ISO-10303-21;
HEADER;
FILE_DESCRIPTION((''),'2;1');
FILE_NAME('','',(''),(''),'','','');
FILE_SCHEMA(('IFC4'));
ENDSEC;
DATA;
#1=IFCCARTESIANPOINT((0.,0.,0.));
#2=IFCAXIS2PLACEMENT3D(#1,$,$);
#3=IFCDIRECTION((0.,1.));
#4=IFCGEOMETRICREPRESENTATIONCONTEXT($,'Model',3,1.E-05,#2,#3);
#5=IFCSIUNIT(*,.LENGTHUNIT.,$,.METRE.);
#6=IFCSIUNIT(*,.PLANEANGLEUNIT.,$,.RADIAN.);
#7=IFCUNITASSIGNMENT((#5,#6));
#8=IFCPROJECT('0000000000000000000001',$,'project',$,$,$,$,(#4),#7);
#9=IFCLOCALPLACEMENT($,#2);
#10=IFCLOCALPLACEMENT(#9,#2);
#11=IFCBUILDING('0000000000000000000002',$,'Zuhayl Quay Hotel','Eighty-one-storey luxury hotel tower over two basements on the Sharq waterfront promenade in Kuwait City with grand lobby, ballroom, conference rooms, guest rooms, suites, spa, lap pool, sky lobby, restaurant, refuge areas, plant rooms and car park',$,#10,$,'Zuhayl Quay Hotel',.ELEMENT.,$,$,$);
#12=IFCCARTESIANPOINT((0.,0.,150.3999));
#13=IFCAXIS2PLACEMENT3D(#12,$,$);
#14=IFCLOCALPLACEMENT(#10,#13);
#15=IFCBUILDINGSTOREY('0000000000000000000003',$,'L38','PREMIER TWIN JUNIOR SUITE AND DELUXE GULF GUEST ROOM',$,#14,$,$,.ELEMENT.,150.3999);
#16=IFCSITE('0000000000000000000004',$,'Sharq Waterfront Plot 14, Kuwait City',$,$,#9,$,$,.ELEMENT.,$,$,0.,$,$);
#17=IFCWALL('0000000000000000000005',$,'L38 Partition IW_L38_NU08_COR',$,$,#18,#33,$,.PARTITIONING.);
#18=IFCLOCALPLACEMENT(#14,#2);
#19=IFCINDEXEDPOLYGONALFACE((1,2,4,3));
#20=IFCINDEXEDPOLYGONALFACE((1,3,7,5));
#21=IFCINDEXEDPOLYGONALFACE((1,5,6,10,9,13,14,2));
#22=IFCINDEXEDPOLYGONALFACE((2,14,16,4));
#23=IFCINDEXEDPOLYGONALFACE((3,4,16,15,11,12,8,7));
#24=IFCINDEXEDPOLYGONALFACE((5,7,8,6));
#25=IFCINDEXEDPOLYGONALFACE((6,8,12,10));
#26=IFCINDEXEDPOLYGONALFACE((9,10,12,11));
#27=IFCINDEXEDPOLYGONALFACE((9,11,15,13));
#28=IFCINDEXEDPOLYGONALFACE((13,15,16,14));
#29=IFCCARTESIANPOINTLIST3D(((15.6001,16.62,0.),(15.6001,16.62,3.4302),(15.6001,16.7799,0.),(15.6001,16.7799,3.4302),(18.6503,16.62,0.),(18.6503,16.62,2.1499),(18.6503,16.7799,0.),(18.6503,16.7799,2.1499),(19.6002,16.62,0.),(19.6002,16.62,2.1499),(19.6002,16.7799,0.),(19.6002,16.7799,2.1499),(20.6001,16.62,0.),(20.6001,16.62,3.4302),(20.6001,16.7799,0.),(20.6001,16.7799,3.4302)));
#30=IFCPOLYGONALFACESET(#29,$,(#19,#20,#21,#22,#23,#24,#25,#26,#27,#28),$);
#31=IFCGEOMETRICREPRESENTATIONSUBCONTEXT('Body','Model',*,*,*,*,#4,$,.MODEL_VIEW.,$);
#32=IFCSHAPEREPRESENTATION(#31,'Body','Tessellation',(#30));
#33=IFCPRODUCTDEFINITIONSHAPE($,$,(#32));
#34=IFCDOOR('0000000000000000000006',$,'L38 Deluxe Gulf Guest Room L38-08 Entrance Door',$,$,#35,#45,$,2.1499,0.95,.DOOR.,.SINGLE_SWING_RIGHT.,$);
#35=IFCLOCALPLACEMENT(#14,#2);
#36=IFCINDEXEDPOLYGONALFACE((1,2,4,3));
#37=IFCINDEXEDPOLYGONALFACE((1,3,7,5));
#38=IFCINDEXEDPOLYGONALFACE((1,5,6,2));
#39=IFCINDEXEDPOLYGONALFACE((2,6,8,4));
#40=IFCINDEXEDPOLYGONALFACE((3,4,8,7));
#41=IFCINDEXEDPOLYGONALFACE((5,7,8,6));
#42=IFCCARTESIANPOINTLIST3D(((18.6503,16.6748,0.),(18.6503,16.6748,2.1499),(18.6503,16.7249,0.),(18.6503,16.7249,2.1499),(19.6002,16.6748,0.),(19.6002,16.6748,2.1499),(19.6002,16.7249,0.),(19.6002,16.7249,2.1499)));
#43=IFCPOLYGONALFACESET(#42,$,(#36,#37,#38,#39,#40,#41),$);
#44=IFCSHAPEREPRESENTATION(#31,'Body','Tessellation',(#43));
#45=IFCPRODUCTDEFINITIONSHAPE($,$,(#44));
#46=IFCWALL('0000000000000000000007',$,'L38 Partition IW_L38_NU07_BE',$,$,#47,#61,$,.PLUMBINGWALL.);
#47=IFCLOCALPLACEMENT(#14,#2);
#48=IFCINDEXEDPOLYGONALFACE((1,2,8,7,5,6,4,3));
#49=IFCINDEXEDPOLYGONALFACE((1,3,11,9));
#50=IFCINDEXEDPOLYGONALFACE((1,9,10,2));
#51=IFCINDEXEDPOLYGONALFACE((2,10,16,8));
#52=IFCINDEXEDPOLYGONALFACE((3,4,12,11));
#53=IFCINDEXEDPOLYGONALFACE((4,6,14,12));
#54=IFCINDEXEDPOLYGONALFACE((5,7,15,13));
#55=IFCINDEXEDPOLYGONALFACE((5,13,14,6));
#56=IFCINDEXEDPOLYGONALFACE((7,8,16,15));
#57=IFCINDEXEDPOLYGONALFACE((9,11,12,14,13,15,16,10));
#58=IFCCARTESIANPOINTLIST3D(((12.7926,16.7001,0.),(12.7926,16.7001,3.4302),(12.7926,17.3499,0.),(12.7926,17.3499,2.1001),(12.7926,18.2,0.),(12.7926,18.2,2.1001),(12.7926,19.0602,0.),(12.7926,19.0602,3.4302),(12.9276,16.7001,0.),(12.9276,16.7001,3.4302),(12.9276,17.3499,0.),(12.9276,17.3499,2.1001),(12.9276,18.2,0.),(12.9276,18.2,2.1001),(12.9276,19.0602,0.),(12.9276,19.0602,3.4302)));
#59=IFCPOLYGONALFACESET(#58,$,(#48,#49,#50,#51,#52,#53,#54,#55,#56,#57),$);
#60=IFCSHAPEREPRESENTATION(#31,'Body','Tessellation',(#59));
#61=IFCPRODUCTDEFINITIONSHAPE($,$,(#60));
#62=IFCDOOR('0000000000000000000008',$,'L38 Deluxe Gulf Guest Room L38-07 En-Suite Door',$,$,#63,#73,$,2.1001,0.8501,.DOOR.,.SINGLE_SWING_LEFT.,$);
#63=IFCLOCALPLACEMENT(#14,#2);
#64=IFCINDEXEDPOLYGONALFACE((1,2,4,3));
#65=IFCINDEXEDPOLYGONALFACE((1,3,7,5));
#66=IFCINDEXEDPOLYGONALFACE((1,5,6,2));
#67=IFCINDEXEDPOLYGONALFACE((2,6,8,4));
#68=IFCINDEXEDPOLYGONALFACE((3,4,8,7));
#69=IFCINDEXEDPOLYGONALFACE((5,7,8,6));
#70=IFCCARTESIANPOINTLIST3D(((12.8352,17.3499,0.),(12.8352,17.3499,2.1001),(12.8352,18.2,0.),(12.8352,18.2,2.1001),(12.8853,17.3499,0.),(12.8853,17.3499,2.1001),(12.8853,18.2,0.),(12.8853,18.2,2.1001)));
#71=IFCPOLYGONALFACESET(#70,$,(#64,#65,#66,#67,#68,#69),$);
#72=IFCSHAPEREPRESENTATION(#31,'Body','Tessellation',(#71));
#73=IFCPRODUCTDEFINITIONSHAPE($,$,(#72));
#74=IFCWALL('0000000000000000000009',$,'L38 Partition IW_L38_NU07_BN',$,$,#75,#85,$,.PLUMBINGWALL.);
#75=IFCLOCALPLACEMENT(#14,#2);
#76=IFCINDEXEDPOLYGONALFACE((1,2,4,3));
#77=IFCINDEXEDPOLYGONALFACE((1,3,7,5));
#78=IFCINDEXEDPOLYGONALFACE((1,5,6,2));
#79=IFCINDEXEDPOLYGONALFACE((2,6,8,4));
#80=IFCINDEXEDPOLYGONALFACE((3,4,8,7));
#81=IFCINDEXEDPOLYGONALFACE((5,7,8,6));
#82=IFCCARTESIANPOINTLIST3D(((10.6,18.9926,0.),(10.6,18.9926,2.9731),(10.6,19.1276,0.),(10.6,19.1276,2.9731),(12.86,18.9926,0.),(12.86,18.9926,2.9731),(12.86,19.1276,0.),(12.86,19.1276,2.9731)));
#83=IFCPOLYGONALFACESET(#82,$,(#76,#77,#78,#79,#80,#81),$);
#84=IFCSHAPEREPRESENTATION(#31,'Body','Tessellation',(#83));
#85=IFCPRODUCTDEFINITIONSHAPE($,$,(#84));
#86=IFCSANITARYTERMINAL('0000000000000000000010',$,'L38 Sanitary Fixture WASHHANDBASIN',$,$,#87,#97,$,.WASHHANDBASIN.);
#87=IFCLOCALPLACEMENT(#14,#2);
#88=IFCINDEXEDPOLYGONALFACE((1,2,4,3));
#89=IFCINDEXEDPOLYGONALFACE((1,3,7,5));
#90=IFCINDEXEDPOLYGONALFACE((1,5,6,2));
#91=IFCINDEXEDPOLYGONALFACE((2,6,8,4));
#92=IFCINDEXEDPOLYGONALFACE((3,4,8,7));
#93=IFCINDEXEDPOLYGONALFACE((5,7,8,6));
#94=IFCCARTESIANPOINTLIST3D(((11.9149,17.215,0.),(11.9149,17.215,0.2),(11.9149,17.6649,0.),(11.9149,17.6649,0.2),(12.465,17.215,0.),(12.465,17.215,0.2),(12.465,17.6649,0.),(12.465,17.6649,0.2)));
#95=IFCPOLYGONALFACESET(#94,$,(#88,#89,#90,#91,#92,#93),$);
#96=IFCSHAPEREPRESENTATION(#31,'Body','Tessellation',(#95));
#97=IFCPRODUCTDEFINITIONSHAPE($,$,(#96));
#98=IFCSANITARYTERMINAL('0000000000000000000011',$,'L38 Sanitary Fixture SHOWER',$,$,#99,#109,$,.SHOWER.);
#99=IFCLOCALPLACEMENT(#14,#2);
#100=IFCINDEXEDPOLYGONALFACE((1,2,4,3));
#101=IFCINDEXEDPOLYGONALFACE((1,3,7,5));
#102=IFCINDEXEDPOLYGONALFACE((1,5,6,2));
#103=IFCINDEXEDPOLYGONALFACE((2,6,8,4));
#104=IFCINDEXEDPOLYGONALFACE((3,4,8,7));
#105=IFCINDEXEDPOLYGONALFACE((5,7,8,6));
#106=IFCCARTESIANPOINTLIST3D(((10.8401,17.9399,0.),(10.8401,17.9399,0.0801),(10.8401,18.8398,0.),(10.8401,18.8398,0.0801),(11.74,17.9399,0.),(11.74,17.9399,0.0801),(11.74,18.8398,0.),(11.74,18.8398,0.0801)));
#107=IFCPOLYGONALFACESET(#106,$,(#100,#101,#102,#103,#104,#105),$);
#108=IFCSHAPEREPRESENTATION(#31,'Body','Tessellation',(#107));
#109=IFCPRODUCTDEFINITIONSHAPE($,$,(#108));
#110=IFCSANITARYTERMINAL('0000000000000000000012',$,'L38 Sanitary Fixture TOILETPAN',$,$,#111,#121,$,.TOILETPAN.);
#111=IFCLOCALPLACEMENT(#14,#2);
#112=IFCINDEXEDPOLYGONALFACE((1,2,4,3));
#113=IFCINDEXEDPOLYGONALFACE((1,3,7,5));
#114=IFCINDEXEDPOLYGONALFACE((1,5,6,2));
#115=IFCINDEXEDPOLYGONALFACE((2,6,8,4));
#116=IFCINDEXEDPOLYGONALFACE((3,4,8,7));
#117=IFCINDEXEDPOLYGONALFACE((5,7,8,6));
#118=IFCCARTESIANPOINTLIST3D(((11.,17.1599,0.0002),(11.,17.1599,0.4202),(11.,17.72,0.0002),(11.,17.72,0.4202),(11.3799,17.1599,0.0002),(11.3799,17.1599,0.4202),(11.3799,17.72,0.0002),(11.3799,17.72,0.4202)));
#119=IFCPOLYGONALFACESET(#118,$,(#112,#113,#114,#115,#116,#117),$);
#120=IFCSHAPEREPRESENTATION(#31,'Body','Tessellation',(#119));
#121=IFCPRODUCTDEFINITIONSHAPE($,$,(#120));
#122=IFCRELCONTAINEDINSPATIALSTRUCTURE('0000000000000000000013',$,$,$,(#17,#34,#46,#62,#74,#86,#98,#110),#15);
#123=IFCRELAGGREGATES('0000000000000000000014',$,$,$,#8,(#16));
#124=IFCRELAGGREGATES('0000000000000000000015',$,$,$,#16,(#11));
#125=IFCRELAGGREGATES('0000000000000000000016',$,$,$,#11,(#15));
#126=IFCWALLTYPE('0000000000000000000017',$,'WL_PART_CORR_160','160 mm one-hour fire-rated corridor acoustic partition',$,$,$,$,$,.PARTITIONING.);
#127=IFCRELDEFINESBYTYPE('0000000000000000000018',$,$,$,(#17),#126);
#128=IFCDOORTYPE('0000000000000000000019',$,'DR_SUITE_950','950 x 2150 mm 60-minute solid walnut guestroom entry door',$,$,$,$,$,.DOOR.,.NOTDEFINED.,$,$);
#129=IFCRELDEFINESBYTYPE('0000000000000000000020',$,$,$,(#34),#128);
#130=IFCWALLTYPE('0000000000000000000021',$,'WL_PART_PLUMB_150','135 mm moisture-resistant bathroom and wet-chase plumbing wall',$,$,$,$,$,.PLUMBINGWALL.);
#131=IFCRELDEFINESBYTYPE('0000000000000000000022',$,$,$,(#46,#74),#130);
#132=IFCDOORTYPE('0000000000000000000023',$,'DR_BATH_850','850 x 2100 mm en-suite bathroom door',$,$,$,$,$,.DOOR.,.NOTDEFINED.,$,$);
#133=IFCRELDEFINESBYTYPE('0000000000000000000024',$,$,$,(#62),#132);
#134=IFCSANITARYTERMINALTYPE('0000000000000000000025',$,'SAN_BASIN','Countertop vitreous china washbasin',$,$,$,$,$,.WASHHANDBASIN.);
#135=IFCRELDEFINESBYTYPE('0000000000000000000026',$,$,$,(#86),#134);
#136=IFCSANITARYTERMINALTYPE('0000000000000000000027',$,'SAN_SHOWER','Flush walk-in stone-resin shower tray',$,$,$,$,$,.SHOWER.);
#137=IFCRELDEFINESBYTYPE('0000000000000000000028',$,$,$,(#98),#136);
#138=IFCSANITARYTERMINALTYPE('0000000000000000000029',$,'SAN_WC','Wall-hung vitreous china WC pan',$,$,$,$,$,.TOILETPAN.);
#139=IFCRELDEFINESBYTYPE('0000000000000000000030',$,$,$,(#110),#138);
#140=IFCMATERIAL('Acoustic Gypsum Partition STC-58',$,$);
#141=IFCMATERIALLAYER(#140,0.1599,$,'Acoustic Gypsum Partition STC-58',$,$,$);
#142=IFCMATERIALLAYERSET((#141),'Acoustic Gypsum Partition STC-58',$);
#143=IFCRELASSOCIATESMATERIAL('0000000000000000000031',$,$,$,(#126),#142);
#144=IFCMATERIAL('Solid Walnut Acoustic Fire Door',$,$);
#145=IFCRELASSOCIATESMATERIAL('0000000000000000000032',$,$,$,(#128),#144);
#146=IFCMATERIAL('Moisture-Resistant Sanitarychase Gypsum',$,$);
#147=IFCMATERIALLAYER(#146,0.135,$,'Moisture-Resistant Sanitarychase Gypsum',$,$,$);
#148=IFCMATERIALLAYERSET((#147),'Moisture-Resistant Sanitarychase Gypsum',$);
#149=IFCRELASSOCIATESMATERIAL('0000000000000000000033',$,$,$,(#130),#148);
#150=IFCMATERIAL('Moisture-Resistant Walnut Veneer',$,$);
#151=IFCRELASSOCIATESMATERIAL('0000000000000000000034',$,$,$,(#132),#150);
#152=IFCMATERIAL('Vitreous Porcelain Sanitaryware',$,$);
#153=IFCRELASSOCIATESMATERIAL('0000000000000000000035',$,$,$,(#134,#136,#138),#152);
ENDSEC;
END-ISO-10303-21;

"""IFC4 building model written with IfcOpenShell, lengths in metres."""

from ifc_helpers import new_model, si_unit, direction, frame, frame_2d, origin, origin_2d, place, context, subcontext, project, spatial, rectangle, extrude, material, layer, layer_set, type_object, element, fill, save


model = new_model("IFC4")

# Units and contexts
model_context = context("Model", 3, precision=1e-05, world=origin(), true_north=direction((0.0, 1.0)))
body_context = subcontext(model_context, "Body", "Model", "MODEL_VIEW")
ifc_project = project(units=[si_unit("LENGTHUNIT", "METRE"), si_unit("PLANEANGLEUNIT", "RADIAN")], contexts=[model_context])

# Site, building, storey
site_placement = place(None, origin())
site = spatial("IfcSite", under=ifc_project, at=site_placement, Name="Sharq Waterfront Plot 14, Kuwait City", CompositionType="ELEMENT", RefElevation=0.0)
building_placement = place(site_placement, origin())
building = spatial("IfcBuilding", under=site, at=building_placement, Name="Zuhayl Quay Hotel", Description="Eighty-one-storey luxury hotel tower over two basements on the Sharq waterfront promenade in Kuwait City with grand lobby, ballroom, conference rooms, guest rooms, suites, spa, lap pool, sky lobby, restaurant, refuge areas, plant rooms and car park", LongName="Zuhayl Quay Hotel", CompositionType="ELEMENT")
storey_placement = place(building_placement, frame((0.0, 0.0, 150.3999)))
storey = spatial("IfcBuildingStorey", under=building, at=storey_placement, Name="L38", Description="PREMIER TWIN JUNIOR SUITE AND DELUXE GULF GUEST ROOM", CompositionType="ELEMENT", Elevation=150.3999)

# Shared definitions
ifc_material_1 = material(Name="Acoustic Gypsum Partition STC-58")

# Walls, openings, doors
ifc_layer_1 = layer(ifc_material_1, 0.1599, Name="Acoustic Gypsum Partition STC-58")
ifc_layer_set_1 = layer_set([ifc_layer_1], Name="Acoustic Gypsum Partition STC-58")
wall_type_1 = type_object("IfcWallType", Name="WL_PART_CORR_160", Description="160 mm one-hour fire-rated corridor acoustic partition", PredefinedType="PARTITIONING", material=ifc_layer_set_1)
ifc_material_2 = material(Name="Solid Walnut Acoustic Fire Door")
door_type_1 = type_object("IfcDoorType", Name="DR_SUITE_950", Description="950 x 2150 mm 60-minute solid walnut guestroom entry door", OperationType="NOTDEFINED", PredefinedType="DOOR", material=ifc_material_2)
wall_1_placement = place(storey_placement, frame((15.6001, 16.7, 0.0), z_axis=(0.0, 0.0, 1.0), x_axis=(1.0, 0.0, 0.0)))
wall_1 = element("IfcWall", 1, at=wall_1_placement, inside=storey, type_object=wall_type_1, Name="L38 Partition IW_L38_NU08_COR", PredefinedType="PARTITIONING", context=body_context, shape_type="SweptSolid", body=[
    extrude(rectangle(XDim=5.0, YDim=0.1599, at=frame_2d((2.5, 0.0))), origin(), (0.0, 0.0, 1.0), 3.4302),
])
opening_1_placement = place(wall_1_placement, frame((3.05, 0.0, 0.0)))
opening_1 = element("IfcOpeningElement", 2, at=opening_1_placement, cuts=wall_1, PredefinedType="OPENING", context=body_context, shape_type="SweptSolid", body=[
    extrude(rectangle(XDim=0.95, YDim=2.1499, at=frame_2d((0.4751, 1.075))), frame((0.0, 0.0898, 0.0), z_axis=(0.0, -1.0, 0.0), x_axis=(1.0, 0.0, 0.0)), (0.0, 0.0, 1.0), 0.1799),
])
door_1_placement = place(opening_1_placement, origin())
door_1 = element("IfcDoor", 3, at=door_1_placement, inside=storey, type_object=door_type_1, Name="L38 Deluxe Gulf Guest Room L38-08 Entrance Door", OperationType="SINGLE_SWING_RIGHT", OverallHeight=2.1499, OverallWidth=0.95, PredefinedType="DOOR", context=body_context, shape_type="SweptSolid", body=[
    extrude(rectangle(XDim=0.95, YDim=2.1499, at=frame_2d((0.4751, 1.075))), frame((0.0, 0.0249, 0.0), z_axis=(0.0, -1.0, 0.0), x_axis=(1.0, 0.0, 0.0)), (0.0, 0.0, 1.0), 0.05),
])
fill(opening_1, door_1)
ifc_material_3 = material(Name="Moisture-Resistant Sanitarychase Gypsum")
ifc_layer_2 = layer(ifc_material_3, 0.135, Name="Moisture-Resistant Sanitarychase Gypsum")
ifc_layer_set_2 = layer_set([ifc_layer_2], Name="Moisture-Resistant Sanitarychase Gypsum")
wall_type_2 = type_object("IfcWallType", Name="WL_PART_PLUMB_150", Description="135 mm moisture-resistant bathroom and wet-chase plumbing wall", PredefinedType="PLUMBINGWALL", material=ifc_layer_set_2)
wall_2_placement = place(storey_placement, frame((12.8601, 16.7, 0.0), z_axis=(0.0, 0.0, 1.0), x_axis=(0.0, 1.0, 0.0)))
wall_2 = element("IfcWall", 4, at=wall_2_placement, inside=storey, type_object=wall_type_2, Name="L38 Partition IW_L38_NU07_BE", PredefinedType="PLUMBINGWALL", context=body_context, shape_type="SweptSolid", body=[
    extrude(rectangle(XDim=2.3601, YDim=0.135, at=frame_2d((1.1802, 0.0))), origin(), (0.0, 0.0, 1.0), 3.4302),
])
opening_2_placement = place(wall_2_placement, frame((0.6499, 0.0, 0.0)))
opening_2 = element("IfcOpeningElement", 5, at=opening_2_placement, cuts=wall_2, PredefinedType="OPENING", context=body_context, shape_type="SweptSolid", body=[
    extrude(rectangle(XDim=0.8501, YDim=2.1001, at=frame_2d((0.425, 1.05))), frame((0.0, 0.0774, 0.0), z_axis=(0.0, -1.0, 0.0), x_axis=(1.0, 0.0, 0.0)), (0.0, 0.0, 1.0), 0.155),
])
ifc_material_4 = material(Name="Moisture-Resistant Walnut Veneer")
door_type_2 = type_object("IfcDoorType", Name="DR_BATH_850", Description="850 x 2100 mm en-suite bathroom door", OperationType="NOTDEFINED", PredefinedType="DOOR", material=ifc_material_4)
door_2_placement = place(opening_2_placement, origin())
door_2 = element("IfcDoor", 6, at=door_2_placement, inside=storey, type_object=door_type_2, Name="L38 Deluxe Gulf Guest Room L38-07 En-Suite Door", OperationType="SINGLE_SWING_LEFT", OverallHeight=2.1001, OverallWidth=0.8501, PredefinedType="DOOR", context=body_context, shape_type="SweptSolid", body=[
    extrude(rectangle(XDim=0.8501, YDim=2.1001, at=frame_2d((0.425, 1.05))), frame((0.0, 0.0249, 0.0), z_axis=(0.0, -1.0, 0.0), x_axis=(1.0, 0.0, 0.0)), (0.0, 0.0, 1.0), 0.05),
])
fill(opening_2, door_2)

# Wall
wall_3_placement = place(storey_placement, frame((10.6001, 19.0601, 0.0), z_axis=(0.0, 0.0, 1.0), x_axis=(1.0, 0.0, 0.0)))
element("IfcWall", 7, at=wall_3_placement, inside=storey, type_object=wall_type_2, Name="L38 Partition IW_L38_NU07_BN", PredefinedType="PLUMBINGWALL", context=body_context, shape_type="SweptSolid", body=[
    extrude(rectangle(XDim=2.26, YDim=0.135, at=frame_2d((1.1299, 0.0))), origin(), (0.0, 0.0, 1.0), 2.9731),
])

# Sanitary terminals
ifc_material_5 = material(Name="Vitreous Porcelain Sanitaryware")
sanitary_terminal_type_1 = type_object("IfcSanitaryTerminalType", Name="SAN_BASIN", Description="Countertop vitreous china washbasin", PredefinedType="WASHHANDBASIN", material=ifc_material_5)
sanitary_terminal_1_placement = place(storey_placement, frame((12.1899, 17.4399, 0.0), z_axis=(0.0, 0.0, 1.0), x_axis=(1.0, 0.0, 0.0)))
element("IfcSanitaryTerminal", 8, at=sanitary_terminal_1_placement, inside=storey, type_object=sanitary_terminal_type_1, Name="L38 Sanitary Fixture WASHHANDBASIN", PredefinedType="WASHHANDBASIN", context=body_context, shape_type="SweptSolid", body=[
    extrude(rectangle(XDim=0.55, YDim=0.45, at=origin_2d()), origin(), (0.0, 0.0, 1.0), 0.2),
])
sanitary_terminal_type_2 = type_object("IfcSanitaryTerminalType", Name="SAN_SHOWER", Description="Flush walk-in stone-resin shower tray", PredefinedType="SHOWER", material=ifc_material_5)
sanitary_terminal_2_placement = place(storey_placement, frame((11.29, 18.3899, 0.0), z_axis=(0.0, 0.0, 1.0), x_axis=(1.0, 0.0, 0.0)))
element("IfcSanitaryTerminal", 9, at=sanitary_terminal_2_placement, inside=storey, type_object=sanitary_terminal_type_2, Name="L38 Sanitary Fixture SHOWER", PredefinedType="SHOWER", context=body_context, shape_type="SweptSolid", body=[
    extrude(rectangle(XDim=0.8999, YDim=0.8999, at=origin_2d()), origin(), (0.0, 0.0, 1.0), 0.0801),
])
sanitary_terminal_type_3 = type_object("IfcSanitaryTerminalType", Name="SAN_WC", Description="Wall-hung vitreous china WC pan", PredefinedType="TOILETPAN", material=ifc_material_5)
sanitary_terminal_3_placement = place(storey_placement, frame((11.1899, 17.4399, 0.0002), z_axis=(0.0, 0.0, 1.0), x_axis=(1.0, 0.0, 0.0)))
element("IfcSanitaryTerminal", 10, at=sanitary_terminal_3_placement, inside=storey, type_object=sanitary_terminal_type_3, Name="L38 Sanitary Fixture TOILETPAN", PredefinedType="TOILETPAN", context=body_context, shape_type="SweptSolid", body=[
    extrude(rectangle(XDim=0.3799, YDim=0.5601, at=origin_2d()), origin(), (0.0, 0.0, 1.0), 0.4199),
])

save(model, "model.ifc")
